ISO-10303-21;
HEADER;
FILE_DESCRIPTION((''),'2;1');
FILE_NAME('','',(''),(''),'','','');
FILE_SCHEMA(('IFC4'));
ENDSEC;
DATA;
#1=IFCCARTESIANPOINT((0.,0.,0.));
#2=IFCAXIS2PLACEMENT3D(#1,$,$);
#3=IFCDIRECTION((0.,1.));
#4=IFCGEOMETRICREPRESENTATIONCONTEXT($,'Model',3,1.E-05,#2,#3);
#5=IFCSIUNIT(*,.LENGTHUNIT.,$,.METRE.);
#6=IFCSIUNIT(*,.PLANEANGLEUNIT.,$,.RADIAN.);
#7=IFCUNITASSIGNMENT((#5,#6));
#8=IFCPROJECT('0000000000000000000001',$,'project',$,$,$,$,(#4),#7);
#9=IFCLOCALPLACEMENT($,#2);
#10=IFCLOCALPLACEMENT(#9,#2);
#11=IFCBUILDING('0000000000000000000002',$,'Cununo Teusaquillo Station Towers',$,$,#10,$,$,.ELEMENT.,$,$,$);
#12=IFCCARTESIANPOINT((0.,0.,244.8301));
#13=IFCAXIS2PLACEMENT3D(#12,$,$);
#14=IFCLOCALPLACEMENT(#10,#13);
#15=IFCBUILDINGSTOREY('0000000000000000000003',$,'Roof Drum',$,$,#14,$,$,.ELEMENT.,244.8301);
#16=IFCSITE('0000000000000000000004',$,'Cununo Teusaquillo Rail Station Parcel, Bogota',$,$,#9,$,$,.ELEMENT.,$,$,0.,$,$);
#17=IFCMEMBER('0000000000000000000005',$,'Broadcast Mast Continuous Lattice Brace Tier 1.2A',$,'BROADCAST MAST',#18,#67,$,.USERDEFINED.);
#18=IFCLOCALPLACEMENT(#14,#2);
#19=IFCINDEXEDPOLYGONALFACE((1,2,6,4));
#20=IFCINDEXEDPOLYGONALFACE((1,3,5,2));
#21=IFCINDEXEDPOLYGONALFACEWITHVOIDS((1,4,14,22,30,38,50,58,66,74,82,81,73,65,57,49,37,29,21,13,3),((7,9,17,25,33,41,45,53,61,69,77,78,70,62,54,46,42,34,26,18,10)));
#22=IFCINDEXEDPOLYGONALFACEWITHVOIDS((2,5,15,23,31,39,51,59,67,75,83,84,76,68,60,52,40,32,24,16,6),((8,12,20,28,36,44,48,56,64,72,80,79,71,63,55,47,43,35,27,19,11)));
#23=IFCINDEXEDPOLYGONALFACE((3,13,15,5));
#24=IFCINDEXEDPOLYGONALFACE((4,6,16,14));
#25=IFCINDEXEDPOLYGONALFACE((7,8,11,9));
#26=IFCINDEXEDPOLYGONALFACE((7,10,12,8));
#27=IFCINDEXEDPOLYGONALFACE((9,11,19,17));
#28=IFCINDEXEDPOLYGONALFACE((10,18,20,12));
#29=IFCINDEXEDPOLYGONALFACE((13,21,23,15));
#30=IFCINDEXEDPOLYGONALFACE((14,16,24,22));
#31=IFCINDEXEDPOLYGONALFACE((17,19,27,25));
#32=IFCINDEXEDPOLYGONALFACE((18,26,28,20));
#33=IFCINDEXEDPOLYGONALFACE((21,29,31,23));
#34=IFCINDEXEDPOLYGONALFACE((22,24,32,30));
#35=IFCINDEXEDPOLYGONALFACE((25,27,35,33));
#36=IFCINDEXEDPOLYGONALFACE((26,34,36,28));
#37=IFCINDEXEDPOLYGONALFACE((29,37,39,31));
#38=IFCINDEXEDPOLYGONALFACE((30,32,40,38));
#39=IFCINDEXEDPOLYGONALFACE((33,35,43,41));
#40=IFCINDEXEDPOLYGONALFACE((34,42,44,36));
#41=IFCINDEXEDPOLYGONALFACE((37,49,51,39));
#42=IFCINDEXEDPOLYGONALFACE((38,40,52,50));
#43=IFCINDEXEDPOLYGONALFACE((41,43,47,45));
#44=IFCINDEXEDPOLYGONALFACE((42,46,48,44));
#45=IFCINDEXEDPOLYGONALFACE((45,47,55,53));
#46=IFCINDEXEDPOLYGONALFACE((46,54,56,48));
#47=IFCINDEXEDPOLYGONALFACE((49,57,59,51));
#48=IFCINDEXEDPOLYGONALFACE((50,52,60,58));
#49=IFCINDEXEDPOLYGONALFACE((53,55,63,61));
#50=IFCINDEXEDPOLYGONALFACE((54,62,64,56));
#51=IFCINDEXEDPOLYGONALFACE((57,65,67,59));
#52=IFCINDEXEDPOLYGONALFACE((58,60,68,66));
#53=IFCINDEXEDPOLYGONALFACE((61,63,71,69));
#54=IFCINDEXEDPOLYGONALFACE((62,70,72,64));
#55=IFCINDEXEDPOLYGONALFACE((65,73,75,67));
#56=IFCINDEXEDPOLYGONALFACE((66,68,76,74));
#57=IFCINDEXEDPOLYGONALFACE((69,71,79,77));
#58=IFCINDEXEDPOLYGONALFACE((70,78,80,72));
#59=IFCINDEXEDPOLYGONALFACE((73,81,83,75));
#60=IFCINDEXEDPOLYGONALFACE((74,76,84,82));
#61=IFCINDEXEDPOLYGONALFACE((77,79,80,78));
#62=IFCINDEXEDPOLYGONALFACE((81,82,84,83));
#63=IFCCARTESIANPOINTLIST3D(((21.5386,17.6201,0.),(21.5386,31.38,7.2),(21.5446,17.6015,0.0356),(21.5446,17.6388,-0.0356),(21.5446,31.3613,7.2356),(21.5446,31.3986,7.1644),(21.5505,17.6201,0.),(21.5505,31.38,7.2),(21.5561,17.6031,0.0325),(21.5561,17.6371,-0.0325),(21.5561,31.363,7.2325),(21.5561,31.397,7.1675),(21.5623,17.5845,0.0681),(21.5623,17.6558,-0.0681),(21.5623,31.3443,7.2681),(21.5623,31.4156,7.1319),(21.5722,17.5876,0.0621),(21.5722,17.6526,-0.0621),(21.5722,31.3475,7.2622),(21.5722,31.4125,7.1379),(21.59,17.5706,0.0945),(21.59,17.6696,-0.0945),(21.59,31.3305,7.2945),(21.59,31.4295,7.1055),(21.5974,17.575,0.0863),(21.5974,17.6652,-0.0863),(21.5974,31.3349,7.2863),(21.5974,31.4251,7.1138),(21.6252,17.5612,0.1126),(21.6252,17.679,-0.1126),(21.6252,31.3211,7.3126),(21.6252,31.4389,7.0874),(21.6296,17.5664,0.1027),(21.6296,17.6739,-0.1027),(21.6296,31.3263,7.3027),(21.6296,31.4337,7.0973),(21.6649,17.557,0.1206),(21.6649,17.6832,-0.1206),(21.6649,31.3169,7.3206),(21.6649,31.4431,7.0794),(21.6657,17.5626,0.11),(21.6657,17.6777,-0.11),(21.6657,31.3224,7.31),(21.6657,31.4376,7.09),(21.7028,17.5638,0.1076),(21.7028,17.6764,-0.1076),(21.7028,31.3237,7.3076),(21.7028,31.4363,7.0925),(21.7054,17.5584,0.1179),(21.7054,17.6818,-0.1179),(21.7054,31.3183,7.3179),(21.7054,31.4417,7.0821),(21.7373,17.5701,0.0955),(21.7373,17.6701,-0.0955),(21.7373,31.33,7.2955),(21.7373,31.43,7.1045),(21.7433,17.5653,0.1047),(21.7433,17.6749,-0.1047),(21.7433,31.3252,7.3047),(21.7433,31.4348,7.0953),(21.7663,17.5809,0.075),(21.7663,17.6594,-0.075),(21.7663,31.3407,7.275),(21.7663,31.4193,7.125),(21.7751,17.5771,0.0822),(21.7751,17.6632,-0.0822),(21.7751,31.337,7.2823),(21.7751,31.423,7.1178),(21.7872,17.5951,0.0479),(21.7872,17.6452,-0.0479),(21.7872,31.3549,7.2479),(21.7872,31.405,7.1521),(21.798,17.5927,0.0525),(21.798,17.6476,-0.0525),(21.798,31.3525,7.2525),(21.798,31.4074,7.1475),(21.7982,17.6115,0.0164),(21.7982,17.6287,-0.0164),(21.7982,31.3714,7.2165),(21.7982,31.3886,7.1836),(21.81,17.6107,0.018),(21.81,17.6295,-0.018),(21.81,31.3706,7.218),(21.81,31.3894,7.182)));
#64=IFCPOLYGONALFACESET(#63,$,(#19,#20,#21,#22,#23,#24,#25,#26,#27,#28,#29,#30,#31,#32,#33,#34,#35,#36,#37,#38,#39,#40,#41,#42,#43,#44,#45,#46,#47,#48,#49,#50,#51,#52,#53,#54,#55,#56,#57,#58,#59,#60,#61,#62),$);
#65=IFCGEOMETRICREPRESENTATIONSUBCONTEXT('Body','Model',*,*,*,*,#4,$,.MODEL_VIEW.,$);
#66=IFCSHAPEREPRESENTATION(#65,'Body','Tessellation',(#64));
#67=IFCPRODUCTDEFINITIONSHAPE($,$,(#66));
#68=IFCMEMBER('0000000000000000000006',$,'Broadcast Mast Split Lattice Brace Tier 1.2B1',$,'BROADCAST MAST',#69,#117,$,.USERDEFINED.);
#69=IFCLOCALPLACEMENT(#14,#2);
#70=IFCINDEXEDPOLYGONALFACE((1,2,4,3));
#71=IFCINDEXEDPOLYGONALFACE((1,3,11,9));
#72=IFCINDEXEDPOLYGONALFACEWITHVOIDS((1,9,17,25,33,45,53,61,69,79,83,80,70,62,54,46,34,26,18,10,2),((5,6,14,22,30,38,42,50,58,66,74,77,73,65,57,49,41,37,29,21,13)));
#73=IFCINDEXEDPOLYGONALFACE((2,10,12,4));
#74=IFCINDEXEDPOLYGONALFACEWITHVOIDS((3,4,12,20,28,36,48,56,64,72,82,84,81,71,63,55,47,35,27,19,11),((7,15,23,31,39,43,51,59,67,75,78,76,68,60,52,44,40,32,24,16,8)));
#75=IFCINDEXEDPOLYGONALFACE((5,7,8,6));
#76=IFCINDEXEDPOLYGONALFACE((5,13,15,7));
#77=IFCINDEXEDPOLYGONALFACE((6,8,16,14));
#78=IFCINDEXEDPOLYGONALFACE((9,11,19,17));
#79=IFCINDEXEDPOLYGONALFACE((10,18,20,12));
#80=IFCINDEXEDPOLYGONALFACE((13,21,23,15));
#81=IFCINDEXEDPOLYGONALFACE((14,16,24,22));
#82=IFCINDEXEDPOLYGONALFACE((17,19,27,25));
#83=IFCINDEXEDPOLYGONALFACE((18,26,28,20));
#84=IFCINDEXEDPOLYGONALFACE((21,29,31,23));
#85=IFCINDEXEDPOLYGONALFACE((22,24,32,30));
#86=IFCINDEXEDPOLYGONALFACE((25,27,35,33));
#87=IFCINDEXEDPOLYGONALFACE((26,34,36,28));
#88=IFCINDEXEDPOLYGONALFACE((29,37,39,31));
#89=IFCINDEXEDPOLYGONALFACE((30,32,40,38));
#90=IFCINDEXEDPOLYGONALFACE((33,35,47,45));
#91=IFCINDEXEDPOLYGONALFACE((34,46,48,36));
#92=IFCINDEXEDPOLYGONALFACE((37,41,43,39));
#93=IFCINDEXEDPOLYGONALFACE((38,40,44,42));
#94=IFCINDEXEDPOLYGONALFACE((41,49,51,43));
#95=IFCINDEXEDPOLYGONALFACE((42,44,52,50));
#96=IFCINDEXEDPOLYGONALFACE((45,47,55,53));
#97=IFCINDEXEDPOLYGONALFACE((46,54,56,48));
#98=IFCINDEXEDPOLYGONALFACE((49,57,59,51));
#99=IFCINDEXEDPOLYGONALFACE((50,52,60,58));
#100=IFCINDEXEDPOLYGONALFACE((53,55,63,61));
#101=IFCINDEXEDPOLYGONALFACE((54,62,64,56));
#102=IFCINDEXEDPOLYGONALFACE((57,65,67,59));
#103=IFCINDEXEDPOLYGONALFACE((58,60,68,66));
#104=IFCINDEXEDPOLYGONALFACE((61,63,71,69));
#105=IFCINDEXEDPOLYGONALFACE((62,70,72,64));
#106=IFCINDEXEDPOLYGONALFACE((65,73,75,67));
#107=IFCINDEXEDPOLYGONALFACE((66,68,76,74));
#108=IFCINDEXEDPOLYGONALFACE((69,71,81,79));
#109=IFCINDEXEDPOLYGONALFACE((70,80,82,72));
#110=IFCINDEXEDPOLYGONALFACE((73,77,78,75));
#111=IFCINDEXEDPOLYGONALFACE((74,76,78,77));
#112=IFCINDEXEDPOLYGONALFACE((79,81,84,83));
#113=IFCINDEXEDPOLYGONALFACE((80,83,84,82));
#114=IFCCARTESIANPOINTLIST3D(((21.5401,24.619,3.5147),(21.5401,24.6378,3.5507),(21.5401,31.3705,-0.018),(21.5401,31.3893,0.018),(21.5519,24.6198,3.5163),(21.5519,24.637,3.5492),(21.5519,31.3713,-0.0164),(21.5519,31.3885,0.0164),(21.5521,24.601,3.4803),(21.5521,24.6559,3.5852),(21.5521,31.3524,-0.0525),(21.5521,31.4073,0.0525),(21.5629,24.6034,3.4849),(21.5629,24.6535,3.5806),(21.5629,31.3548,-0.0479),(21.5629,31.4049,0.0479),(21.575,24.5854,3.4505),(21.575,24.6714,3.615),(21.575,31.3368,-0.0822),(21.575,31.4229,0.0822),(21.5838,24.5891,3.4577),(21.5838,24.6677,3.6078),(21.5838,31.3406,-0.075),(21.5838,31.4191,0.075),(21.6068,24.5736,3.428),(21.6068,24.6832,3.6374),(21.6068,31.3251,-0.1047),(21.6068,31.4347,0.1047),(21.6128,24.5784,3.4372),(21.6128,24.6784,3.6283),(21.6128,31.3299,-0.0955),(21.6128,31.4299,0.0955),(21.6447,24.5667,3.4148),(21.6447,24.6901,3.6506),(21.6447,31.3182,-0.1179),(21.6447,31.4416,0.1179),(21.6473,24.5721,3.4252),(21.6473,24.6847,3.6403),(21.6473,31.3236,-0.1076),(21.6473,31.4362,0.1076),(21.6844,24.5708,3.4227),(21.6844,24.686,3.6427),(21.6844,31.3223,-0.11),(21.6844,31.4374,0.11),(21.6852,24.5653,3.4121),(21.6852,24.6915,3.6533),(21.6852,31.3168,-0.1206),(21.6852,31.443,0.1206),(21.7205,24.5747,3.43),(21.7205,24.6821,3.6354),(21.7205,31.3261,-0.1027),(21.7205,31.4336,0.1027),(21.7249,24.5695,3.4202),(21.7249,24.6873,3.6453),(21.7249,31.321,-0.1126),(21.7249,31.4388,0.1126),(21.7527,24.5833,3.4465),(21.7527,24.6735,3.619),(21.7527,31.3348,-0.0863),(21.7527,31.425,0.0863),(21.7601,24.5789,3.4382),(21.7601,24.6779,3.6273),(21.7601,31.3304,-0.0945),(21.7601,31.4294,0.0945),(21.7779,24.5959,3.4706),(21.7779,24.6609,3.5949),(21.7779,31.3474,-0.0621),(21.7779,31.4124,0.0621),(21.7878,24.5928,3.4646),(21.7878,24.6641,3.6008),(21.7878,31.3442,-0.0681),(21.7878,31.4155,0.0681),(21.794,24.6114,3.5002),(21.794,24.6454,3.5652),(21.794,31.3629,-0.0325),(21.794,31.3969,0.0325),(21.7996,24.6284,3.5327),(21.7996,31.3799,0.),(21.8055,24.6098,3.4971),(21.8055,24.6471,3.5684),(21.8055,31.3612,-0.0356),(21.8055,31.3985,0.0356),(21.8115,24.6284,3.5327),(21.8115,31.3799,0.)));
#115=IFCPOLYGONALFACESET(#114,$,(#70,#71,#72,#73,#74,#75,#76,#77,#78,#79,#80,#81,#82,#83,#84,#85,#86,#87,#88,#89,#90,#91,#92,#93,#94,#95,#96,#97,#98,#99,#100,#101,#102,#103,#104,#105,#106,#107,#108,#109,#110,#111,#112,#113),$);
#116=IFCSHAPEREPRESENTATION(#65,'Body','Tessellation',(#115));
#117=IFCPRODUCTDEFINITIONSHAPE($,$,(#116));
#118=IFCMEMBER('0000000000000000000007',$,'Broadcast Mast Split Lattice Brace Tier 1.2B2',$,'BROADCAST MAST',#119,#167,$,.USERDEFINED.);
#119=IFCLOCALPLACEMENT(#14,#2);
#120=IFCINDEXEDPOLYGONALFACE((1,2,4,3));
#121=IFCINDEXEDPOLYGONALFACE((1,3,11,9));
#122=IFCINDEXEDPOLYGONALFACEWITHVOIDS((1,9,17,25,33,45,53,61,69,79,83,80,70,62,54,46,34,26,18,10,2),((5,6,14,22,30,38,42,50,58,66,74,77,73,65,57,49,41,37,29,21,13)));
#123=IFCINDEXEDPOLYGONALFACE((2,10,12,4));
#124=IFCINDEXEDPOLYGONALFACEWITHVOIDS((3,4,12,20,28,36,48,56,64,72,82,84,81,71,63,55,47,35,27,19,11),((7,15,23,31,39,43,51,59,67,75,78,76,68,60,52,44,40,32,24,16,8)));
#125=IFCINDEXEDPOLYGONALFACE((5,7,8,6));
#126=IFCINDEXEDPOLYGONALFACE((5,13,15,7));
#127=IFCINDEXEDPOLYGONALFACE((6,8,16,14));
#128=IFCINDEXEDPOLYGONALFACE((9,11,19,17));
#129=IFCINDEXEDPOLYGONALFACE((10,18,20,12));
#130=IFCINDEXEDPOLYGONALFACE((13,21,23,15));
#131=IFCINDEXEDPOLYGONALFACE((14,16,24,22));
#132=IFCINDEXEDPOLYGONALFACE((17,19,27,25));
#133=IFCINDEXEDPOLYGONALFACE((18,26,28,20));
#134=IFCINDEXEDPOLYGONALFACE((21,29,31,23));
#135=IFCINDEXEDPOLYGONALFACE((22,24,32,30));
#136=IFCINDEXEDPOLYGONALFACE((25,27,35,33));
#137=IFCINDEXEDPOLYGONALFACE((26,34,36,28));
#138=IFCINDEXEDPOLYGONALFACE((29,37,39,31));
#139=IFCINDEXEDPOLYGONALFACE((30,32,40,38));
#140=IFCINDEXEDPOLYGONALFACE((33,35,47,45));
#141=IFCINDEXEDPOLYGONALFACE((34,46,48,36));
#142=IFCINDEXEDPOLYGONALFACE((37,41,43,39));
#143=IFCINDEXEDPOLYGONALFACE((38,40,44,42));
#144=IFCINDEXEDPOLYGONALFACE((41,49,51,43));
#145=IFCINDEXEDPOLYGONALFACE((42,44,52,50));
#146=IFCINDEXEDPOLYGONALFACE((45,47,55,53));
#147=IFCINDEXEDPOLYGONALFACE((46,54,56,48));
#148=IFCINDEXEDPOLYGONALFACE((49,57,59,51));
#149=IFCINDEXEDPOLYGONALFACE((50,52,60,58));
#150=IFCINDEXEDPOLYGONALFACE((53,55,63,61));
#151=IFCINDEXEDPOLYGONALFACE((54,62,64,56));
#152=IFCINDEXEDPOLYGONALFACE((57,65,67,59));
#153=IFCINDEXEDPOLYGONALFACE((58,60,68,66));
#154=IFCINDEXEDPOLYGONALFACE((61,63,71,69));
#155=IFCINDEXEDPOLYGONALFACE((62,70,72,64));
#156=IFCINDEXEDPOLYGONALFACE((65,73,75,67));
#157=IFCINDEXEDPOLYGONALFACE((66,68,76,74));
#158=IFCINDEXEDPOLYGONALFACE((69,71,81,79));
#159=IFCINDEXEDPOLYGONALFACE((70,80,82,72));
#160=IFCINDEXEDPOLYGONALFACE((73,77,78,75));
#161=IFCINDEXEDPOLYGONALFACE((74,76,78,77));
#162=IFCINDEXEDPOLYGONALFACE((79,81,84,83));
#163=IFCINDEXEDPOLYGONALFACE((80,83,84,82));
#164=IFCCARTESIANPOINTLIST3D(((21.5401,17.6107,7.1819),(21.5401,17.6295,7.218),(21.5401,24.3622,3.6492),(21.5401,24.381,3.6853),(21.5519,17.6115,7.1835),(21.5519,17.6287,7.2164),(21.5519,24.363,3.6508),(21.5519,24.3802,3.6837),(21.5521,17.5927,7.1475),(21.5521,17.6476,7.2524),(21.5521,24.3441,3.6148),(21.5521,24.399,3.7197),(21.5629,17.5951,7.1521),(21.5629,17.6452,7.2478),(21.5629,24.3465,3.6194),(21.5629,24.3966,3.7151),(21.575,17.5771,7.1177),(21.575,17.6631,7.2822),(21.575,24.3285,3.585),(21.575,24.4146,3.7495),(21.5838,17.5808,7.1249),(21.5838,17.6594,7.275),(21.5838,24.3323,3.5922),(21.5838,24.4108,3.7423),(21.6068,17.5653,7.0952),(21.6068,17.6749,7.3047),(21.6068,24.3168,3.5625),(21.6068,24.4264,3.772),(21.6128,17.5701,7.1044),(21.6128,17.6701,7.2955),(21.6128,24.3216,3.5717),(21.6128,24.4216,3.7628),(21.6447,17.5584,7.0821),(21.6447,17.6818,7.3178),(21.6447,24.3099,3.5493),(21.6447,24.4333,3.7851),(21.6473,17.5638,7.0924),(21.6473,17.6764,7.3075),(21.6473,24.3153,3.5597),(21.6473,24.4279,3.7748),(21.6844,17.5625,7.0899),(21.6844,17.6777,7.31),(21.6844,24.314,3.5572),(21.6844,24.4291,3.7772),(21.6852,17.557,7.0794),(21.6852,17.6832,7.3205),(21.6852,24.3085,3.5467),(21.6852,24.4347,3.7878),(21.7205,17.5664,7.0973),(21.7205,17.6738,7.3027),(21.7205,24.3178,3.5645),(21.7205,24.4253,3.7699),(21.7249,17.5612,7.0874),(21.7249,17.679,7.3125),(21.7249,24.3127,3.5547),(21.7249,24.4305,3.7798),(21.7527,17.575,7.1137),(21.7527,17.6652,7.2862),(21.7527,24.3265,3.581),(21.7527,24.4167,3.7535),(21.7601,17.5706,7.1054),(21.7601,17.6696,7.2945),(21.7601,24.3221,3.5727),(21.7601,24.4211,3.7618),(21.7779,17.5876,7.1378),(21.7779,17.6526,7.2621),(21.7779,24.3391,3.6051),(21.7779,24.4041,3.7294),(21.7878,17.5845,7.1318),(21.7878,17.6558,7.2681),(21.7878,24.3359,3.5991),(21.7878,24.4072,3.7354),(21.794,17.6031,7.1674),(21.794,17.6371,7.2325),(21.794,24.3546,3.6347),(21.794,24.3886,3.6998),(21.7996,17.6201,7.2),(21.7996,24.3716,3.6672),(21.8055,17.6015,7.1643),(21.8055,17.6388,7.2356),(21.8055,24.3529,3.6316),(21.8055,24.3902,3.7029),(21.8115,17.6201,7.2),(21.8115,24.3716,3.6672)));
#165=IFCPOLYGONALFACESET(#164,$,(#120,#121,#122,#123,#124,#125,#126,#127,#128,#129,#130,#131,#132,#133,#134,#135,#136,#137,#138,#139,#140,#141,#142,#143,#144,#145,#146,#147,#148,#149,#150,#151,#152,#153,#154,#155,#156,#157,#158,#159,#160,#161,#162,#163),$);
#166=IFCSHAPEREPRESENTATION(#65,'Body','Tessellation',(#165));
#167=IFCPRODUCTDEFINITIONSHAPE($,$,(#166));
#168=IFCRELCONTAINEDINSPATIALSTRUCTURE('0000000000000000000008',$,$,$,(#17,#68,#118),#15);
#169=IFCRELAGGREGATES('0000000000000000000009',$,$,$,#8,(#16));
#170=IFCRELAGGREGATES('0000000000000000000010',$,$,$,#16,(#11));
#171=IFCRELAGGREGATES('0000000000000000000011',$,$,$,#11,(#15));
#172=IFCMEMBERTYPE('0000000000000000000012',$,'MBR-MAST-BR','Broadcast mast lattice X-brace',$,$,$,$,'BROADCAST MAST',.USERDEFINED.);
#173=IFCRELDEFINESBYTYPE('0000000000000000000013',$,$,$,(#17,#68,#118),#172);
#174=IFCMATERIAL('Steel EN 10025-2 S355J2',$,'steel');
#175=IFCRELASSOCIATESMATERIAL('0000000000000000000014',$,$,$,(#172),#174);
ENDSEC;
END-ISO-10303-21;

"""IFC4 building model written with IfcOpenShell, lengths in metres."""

from ifc_helpers import new_model, si_unit, direction, frame, origin, origin_2d, place, context, subcontext, project, spatial, hollow_circle, extrude, material, material_profile, profile_set, type_object, element, save


model = new_model("IFC4")

# Units and contexts
model_context = context("Model", 3, precision=1e-05, world=origin(), true_north=direction((0.0, 1.0)))
body_context = subcontext(model_context, "Body", "Model", "MODEL_VIEW")
ifc_project = project(units=[si_unit("LENGTHUNIT", "METRE"), si_unit("PLANEANGLEUNIT", "RADIAN")], contexts=[model_context])

# Site, building, storey
site_placement = place(None, origin())
site = spatial("IfcSite", under=ifc_project, at=site_placement, Name="Cununo Teusaquillo Rail Station Parcel, Bogota", CompositionType="ELEMENT", RefElevation=0.0)
building_placement = place(site_placement, origin())
building = spatial("IfcBuilding", under=site, at=building_placement, Name="Cununo Teusaquillo Station Towers", CompositionType="ELEMENT")
storey_placement = place(building_placement, frame((0.0, 0.0, 244.8301)))
storey = spatial("IfcBuildingStorey", under=building, at=storey_placement, Name="Roof Drum", CompositionType="ELEMENT", Elevation=244.8301)

# Members
ifc_material_1 = material(Name="Steel EN 10025-2 S355J2", Category="steel")
ifc_material_profile_1 = material_profile(ifc_material_1, hollow_circle(Radius=0.1365, WallThickness=0.012, at=origin_2d()), Name="CHS 273x12")
ifc_profile_set_1 = profile_set([ifc_material_profile_1], Name="Steel EN 10025-2 S355J2")
member_type = type_object("IfcMemberType", Name="MBR-MAST-BR", Description="Broadcast mast lattice X-brace", ElementType="BROADCAST MAST", PredefinedType="USERDEFINED", material=ifc_profile_set_1)
member_1_placement = place(storey_placement, frame((21.675, 17.6201, 0.0), z_axis=(0.0, 0.886031, 0.463626), x_axis=(-1.0, 0.0, 0.0)))
element("IfcMember", 1, at=member_1_placement, inside=storey, type_object=member_type, Name="Broadcast Mast Continuous Lattice Brace Tier 1.2A", ObjectType="BROADCAST MAST", PredefinedType="USERDEFINED", context=body_context, shape_type="SweptSolid", body=[
    extrude(hollow_circle(Radius=0.1365, WallThickness=0.012, at=origin_2d()), origin(), (0.0, 0.0, 1.0), 15.5298),
])
for number, where, z_axis, x_axis, name in (
    (2, (21.675, 31.3799, 0.0), (0.0, -0.886035, 0.463619), (1.0, 0.0, 0.0), "Broadcast Mast Split Lattice Brace Tier 1.2B1"),
    (3, (21.675, 24.3716, 3.6672), (0.0, -0.886035, 0.463619), (1.0, 0.0, 0.0), "Broadcast Mast Split Lattice Brace Tier 1.2B2"),
):
    element("IfcMember", number, at=place(storey_placement, frame(where, z_axis=z_axis, x_axis=x_axis)), inside=storey, type_object=member_type, Name=name, ObjectType="BROADCAST MAST", PredefinedType="USERDEFINED", context=body_context, shape_type="SweptSolid", body=[
        extrude(hollow_circle(Radius=0.1365, WallThickness=0.012, at=origin_2d()), origin(), (0.0, 0.0, 1.0), 7.6199),
    ])

save(model, "model.ifc")
